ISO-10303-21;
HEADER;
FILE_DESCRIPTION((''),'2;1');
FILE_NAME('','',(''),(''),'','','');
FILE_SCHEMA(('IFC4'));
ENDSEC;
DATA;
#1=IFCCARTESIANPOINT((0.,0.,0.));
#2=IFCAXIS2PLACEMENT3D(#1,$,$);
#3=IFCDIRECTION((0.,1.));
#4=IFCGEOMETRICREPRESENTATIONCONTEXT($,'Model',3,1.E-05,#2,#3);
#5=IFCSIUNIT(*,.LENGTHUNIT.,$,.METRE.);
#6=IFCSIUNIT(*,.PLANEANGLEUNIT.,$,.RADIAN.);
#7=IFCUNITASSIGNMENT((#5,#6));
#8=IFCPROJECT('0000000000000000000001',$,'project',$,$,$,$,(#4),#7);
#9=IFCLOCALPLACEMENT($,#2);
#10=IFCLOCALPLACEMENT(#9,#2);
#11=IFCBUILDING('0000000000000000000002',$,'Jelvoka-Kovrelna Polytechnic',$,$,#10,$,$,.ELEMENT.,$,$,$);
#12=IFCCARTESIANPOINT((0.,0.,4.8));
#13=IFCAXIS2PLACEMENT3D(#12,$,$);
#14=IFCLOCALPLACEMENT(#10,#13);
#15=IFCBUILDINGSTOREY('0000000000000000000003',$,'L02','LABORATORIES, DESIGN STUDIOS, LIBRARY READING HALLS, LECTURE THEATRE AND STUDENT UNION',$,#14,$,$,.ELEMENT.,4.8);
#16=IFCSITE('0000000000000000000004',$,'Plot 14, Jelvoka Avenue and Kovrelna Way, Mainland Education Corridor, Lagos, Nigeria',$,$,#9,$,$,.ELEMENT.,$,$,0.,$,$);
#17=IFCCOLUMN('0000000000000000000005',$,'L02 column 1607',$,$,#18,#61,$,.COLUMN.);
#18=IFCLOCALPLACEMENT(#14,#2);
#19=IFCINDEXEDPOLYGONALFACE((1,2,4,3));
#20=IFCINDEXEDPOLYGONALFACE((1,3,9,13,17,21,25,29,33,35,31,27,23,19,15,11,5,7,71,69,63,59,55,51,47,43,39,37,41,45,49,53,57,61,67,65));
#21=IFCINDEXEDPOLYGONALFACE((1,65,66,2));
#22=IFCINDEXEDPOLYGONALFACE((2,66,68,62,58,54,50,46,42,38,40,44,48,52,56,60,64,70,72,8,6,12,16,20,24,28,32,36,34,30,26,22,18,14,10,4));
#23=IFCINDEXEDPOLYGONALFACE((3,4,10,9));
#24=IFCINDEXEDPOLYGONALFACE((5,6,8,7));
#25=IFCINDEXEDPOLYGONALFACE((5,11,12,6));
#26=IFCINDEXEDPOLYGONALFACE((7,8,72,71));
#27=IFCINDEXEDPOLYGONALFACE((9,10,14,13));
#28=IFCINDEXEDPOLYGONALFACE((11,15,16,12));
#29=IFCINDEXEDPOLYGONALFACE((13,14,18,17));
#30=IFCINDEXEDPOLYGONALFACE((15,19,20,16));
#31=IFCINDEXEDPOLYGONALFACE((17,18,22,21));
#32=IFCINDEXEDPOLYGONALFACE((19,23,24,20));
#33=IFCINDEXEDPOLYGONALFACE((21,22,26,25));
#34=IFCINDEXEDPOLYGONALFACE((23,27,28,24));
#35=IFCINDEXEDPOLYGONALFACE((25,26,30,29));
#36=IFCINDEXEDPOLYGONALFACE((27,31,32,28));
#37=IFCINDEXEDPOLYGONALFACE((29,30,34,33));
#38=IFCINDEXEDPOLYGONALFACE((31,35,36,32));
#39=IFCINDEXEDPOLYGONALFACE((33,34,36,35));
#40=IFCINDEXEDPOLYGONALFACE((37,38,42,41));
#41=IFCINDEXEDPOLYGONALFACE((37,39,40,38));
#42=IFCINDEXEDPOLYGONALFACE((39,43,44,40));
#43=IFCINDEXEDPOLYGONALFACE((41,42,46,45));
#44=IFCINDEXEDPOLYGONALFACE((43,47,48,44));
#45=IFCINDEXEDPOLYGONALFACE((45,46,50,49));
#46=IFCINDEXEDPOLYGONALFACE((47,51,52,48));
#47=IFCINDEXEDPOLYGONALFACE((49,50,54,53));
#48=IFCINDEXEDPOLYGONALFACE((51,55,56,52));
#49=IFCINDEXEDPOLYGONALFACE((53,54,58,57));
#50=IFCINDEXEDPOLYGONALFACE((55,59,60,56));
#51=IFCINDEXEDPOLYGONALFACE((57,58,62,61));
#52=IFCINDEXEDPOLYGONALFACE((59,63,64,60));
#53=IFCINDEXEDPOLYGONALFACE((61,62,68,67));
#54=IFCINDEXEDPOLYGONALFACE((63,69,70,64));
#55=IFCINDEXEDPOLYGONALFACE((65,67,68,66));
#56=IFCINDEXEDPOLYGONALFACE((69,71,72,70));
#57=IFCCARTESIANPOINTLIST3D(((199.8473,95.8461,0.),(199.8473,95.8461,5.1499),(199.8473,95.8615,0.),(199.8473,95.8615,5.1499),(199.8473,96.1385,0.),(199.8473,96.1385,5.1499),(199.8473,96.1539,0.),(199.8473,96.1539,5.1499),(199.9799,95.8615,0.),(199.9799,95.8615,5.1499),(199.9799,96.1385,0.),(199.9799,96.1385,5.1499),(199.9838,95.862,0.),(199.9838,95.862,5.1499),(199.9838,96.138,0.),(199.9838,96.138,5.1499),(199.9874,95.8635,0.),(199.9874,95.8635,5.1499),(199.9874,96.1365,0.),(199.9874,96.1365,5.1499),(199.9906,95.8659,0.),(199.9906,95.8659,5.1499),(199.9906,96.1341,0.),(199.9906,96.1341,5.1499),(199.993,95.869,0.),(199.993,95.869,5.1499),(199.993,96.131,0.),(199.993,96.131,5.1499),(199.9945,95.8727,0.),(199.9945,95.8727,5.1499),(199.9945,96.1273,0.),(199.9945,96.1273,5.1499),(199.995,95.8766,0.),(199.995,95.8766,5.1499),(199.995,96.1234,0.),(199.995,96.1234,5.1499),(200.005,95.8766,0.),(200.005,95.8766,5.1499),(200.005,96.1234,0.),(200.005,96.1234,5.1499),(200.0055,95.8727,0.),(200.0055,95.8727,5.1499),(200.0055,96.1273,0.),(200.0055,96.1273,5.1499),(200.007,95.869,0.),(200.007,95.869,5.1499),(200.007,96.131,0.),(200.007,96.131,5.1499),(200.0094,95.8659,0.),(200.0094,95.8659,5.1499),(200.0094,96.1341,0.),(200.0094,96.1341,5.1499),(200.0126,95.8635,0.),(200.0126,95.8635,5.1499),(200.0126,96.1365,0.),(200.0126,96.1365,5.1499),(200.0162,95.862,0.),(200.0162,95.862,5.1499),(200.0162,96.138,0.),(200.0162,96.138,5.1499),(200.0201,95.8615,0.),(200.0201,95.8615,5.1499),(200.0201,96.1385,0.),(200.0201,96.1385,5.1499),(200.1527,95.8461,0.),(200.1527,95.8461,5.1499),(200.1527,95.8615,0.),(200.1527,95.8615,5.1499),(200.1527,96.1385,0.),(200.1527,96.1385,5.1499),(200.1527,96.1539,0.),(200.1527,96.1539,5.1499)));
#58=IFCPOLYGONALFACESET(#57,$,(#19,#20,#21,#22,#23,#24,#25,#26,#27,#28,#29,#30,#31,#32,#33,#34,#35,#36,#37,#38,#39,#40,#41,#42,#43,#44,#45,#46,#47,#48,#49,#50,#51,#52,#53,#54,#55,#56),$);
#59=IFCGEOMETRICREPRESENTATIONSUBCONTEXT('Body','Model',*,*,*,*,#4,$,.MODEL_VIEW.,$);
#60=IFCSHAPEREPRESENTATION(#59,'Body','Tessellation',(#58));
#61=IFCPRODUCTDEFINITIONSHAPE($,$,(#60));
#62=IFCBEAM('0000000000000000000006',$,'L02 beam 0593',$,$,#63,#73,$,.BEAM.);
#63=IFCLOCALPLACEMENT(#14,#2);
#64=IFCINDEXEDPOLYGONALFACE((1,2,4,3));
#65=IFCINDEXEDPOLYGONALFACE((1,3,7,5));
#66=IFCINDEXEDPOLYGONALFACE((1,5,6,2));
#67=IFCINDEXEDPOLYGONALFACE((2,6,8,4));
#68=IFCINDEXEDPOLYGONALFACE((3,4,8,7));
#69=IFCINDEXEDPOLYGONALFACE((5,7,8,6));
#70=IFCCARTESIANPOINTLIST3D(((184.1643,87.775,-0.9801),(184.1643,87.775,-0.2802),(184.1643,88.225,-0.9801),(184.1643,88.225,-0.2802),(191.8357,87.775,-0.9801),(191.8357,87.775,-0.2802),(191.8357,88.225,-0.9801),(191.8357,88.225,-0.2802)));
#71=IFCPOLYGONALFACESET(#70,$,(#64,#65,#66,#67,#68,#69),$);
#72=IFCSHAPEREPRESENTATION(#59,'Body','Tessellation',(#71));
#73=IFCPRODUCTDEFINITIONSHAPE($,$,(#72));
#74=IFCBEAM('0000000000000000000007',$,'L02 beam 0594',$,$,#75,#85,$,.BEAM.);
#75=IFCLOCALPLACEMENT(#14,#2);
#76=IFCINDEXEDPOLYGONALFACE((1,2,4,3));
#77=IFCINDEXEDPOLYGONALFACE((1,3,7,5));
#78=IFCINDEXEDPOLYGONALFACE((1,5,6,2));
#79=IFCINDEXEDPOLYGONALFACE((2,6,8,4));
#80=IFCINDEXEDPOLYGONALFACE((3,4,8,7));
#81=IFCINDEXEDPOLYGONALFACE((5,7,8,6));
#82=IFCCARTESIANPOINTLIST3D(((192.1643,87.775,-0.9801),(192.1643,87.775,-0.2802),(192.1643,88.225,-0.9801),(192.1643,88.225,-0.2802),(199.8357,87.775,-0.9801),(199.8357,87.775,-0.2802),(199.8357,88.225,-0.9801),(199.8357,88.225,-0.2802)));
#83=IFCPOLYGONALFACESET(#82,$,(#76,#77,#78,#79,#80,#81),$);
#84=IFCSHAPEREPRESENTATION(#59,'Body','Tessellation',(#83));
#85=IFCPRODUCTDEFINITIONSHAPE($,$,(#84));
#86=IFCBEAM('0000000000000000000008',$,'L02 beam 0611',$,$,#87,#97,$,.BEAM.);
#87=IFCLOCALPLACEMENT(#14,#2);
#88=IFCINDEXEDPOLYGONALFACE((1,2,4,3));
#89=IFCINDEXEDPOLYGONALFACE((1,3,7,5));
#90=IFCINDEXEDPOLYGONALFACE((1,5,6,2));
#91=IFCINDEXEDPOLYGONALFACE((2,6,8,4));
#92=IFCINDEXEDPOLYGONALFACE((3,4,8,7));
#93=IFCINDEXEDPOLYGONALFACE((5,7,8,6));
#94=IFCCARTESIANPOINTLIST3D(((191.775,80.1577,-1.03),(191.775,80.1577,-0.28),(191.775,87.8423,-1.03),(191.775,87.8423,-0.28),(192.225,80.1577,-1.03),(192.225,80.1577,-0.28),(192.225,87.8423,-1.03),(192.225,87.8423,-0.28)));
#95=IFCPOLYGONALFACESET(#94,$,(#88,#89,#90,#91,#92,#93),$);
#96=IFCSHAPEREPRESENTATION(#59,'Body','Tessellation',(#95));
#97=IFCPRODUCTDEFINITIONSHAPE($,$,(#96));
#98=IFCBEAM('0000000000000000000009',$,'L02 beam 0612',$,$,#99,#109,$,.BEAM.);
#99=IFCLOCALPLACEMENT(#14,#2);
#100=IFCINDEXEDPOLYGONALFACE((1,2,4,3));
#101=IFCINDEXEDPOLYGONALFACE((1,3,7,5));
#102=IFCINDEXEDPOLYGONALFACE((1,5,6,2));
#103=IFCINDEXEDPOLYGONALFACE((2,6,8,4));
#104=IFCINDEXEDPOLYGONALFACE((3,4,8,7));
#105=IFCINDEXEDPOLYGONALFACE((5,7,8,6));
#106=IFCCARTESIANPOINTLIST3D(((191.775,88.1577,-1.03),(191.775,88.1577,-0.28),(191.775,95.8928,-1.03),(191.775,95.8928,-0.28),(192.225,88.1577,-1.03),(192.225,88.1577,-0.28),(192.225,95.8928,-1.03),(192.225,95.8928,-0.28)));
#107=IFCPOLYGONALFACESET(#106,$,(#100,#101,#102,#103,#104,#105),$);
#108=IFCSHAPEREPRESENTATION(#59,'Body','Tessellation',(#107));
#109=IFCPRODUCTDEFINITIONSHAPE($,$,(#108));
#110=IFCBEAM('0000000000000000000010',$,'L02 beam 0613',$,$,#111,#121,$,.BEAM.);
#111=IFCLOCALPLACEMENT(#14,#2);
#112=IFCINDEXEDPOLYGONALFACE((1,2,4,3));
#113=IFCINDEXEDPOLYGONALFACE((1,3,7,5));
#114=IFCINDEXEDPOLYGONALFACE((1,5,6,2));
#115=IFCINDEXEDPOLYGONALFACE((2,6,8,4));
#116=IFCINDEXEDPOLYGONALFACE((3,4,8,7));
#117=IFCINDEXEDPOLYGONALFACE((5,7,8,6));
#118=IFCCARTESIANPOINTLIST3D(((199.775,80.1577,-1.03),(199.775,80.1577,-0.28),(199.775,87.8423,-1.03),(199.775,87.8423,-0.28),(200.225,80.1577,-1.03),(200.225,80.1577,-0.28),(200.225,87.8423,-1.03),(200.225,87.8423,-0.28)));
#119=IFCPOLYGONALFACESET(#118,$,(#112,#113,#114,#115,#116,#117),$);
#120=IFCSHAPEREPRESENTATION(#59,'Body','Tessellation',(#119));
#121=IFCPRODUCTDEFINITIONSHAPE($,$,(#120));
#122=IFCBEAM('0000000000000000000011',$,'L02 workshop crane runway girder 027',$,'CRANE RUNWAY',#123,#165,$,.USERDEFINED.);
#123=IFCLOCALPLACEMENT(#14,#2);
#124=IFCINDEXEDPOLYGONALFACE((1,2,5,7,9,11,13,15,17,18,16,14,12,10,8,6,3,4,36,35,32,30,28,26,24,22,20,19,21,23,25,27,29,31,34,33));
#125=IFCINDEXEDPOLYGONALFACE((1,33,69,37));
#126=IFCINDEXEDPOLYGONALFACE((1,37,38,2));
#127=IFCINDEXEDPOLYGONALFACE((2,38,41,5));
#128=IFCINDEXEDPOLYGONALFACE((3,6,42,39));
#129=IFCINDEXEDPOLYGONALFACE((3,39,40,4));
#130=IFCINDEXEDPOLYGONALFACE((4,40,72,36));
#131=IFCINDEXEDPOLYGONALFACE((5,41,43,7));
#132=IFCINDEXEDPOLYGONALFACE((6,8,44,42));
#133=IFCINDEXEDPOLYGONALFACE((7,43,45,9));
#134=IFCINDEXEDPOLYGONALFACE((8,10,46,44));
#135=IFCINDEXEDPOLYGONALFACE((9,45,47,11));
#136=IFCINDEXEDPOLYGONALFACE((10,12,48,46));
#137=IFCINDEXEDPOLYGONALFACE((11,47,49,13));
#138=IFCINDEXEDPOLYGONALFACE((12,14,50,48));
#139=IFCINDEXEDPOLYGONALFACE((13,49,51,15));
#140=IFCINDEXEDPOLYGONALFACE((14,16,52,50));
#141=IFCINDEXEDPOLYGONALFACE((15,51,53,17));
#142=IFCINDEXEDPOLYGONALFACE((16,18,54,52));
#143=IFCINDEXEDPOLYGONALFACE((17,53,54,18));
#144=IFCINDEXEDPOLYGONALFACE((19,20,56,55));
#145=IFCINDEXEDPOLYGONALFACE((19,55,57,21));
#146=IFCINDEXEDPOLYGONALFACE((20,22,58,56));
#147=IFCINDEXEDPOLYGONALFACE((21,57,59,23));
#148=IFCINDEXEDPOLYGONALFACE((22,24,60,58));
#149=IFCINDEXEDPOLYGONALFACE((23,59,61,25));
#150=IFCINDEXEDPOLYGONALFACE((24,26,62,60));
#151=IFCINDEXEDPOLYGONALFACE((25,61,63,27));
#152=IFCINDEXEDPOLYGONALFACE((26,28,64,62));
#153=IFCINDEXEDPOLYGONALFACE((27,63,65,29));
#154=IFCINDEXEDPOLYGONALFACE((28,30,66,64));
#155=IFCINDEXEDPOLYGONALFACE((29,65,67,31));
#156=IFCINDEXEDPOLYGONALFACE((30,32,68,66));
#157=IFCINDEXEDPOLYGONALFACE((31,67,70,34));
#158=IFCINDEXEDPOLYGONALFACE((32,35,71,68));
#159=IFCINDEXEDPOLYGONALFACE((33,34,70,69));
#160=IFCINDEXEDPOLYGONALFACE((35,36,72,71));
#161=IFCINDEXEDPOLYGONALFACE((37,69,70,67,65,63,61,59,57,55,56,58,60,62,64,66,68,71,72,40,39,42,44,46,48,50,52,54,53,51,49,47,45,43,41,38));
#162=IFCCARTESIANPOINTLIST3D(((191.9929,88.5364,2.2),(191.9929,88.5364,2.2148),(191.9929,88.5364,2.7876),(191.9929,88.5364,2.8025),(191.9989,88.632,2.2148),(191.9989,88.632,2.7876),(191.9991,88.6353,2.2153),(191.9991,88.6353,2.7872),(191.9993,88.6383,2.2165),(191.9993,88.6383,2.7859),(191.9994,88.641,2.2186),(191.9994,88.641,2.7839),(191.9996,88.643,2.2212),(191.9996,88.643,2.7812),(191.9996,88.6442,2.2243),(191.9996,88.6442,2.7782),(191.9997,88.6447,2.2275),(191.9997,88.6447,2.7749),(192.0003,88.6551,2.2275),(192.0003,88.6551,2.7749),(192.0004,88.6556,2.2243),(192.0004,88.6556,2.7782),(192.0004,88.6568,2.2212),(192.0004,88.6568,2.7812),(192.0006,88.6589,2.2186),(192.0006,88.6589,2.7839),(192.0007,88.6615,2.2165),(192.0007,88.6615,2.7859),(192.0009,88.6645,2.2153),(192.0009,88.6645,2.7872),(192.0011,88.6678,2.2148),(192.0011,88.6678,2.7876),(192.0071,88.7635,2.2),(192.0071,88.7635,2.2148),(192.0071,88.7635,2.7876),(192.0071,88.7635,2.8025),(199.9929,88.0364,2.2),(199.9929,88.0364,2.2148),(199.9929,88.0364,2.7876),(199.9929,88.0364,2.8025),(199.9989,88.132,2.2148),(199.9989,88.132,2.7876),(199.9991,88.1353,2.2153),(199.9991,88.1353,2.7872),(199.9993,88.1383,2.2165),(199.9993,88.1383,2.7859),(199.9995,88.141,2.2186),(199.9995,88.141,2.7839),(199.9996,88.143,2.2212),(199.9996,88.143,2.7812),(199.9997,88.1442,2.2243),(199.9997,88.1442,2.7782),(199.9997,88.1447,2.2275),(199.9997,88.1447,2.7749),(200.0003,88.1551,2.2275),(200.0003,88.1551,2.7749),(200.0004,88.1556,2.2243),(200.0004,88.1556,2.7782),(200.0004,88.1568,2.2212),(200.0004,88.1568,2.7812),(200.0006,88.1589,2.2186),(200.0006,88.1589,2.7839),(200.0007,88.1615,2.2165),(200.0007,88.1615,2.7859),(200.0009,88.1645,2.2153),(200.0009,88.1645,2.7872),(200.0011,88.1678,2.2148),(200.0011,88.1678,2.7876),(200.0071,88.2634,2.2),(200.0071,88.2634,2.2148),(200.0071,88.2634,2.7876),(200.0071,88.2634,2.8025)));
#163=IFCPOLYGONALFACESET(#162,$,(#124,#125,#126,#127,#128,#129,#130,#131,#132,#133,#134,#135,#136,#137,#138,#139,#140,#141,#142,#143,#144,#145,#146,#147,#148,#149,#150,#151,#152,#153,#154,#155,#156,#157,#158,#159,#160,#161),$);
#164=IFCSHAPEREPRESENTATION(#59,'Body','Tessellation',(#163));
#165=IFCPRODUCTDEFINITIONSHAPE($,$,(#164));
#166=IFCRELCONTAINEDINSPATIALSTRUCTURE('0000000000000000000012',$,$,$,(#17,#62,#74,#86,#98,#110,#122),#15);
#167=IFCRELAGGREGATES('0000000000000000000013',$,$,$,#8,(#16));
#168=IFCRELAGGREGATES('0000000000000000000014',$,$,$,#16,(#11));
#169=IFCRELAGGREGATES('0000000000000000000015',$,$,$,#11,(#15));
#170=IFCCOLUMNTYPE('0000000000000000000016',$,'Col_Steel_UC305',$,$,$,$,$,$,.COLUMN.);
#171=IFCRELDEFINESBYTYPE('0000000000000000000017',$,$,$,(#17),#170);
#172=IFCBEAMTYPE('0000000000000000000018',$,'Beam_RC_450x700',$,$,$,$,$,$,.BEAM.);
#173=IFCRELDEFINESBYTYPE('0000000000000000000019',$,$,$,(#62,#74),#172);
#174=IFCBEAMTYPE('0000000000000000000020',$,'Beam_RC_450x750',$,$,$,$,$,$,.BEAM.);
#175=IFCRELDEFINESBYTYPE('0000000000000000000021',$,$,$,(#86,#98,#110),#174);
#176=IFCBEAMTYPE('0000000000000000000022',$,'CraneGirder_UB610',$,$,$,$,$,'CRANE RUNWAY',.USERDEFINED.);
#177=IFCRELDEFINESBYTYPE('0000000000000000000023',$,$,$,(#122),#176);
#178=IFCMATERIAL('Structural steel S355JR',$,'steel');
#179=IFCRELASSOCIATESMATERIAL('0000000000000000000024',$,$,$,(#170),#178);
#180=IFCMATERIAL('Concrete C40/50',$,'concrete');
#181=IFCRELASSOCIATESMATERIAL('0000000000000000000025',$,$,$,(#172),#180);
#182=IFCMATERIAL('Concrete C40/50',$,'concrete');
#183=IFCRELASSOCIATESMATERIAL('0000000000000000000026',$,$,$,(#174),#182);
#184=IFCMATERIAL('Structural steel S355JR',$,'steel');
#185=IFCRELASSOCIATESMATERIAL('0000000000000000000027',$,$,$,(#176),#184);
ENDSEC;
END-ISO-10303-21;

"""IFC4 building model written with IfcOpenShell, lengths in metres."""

from ifc_helpers import new_model, si_unit, direction, frame, origin, origin_2d, place, context, subcontext, project, spatial, rectangle, i_section, extrude, material, material_profile, profile_set, type_object, element, save


model = new_model("IFC4")

# Units and contexts
model_context = context("Model", 3, precision=1e-05, world=origin(), true_north=direction((0.0, 1.0)))
body_context = subcontext(model_context, "Body", "Model", "MODEL_VIEW")
ifc_project = project(units=[si_unit("LENGTHUNIT", "METRE"), si_unit("PLANEANGLEUNIT", "RADIAN")], contexts=[model_context])

# Site, building, storey
site_placement = place(None, origin())
site = spatial("IfcSite", under=ifc_project, at=site_placement, Name="Plot 14, Jelvoka Avenue and Kovrelna Way, Mainland Education Corridor, Lagos, Nigeria", CompositionType="ELEMENT", RefElevation=0.0)
building_placement = place(site_placement, origin())
building = spatial("IfcBuilding", under=site, at=building_placement, Name="Jelvoka-Kovrelna Polytechnic", CompositionType="ELEMENT")
storey_placement = place(building_placement, frame((0.0, 0.0, 4.8)))
storey = spatial("IfcBuildingStorey", under=building, at=storey_placement, Name="L02", Description="LABORATORIES, DESIGN STUDIOS, LIBRARY READING HALLS, LECTURE THEATRE AND STUDENT UNION", CompositionType="ELEMENT", Elevation=4.8)

# Column
ifc_material_1 = material(Name="Structural steel S355JR", Category="steel")
ifc_material_profile_1 = material_profile(ifc_material_1, i_section(OverallWidth=0.3054, OverallDepth=0.3079, WebThickness=0.01, FlangeThickness=0.0154, FilletRadius=0.0151, at=origin_2d()), Name="305x305x97 UC")
ifc_profile_set_1 = profile_set([ifc_material_profile_1], Name="Structural steel S355JR")
column_type_1 = type_object("IfcColumnType", Name="Col_Steel_UC305", PredefinedType="COLUMN", material=ifc_profile_set_1)
for number, where, z_axis, x_axis, name in (
    (1, (200.0, 96.0, 0.0), (0.0, 0.0, 1.0), (1.0, 0.0, 0.0), "L02 column 1607"),
):
    element("IfcColumn", number, at=place(storey_placement, frame(where, z_axis=z_axis, x_axis=x_axis)), inside=storey, type_object=column_type_1, Name=name, PredefinedType="COLUMN", context=body_context, shape_type="SweptSolid", body=[
        extrude(i_section(OverallWidth=0.3054, OverallDepth=0.3079, WebThickness=0.01, FlangeThickness=0.0154, FilletRadius=0.0151, at=origin_2d()), origin(), (0.0, 0.0, 1.0), 5.1499),
    ])

# Beams
ifc_material_2 = material(Name="Concrete C40/50", Category="concrete")
ifc_material_profile_2 = material_profile(ifc_material_2, rectangle(XDim=0.45, YDim=0.7, at=origin_2d()), Name="RC 450x700")
ifc_profile_set_2 = profile_set([ifc_material_profile_2], Name="Concrete C40/50")
beam_type_1 = type_object("IfcBeamType", Name="Beam_RC_450x700", PredefinedType="BEAM", material=ifc_profile_set_2)
for number, where, z_axis, x_axis, name in (
    (2, (184.1643, 88.0, -0.6301), (1.0, 0.0, 0.0), (0.0, 1.0, 0.0), "L02 beam 0593"),
    (3, (192.1643, 88.0, -0.6301), (1.0, 0.0, 0.0), (0.0, 1.0, 0.0), "L02 beam 0594"),
):
    element("IfcBeam", number, at=place(storey_placement, frame(where, z_axis=z_axis, x_axis=x_axis)), inside=storey, type_object=beam_type_1, Name=name, PredefinedType="BEAM", context=body_context, shape_type="SweptSolid", body=[
        extrude(rectangle(XDim=0.45, YDim=0.7, at=origin_2d()), origin(), (0.0, 0.0, 1.0), 7.6714),
    ])
ifc_material_3 = material(Name="Concrete C40/50", Category="concrete")
ifc_material_profile_3 = material_profile(ifc_material_3, rectangle(XDim=0.45, YDim=0.75, at=origin_2d()), Name="RC 450x750")
ifc_profile_set_3 = profile_set([ifc_material_profile_3], Name="Concrete C40/50")
beam_type_2 = type_object("IfcBeamType", Name="Beam_RC_450x750", PredefinedType="BEAM", material=ifc_profile_set_3)
beam_1_placement = place(storey_placement, frame((192.0, 80.1577, -0.655), z_axis=(0.0, 1.0, 0.0), x_axis=(-1.0, 0.0, 0.0)))
element("IfcBeam", 4, at=beam_1_placement, inside=storey, type_object=beam_type_2, Name="L02 beam 0611", PredefinedType="BEAM", context=body_context, shape_type="SweptSolid", body=[
    extrude(rectangle(XDim=0.45, YDim=0.75, at=origin_2d()), origin(), (0.0, 0.0, 1.0), 7.6846),
])
beam_2_placement = place(storey_placement, frame((192.0, 88.1577, -0.655), z_axis=(0.0, 1.0, 0.0), x_axis=(-1.0, 0.0, 0.0)))
element("IfcBeam", 5, at=beam_2_placement, inside=storey, type_object=beam_type_2, Name="L02 beam 0612", PredefinedType="BEAM", context=body_context, shape_type="SweptSolid", body=[
    extrude(rectangle(XDim=0.45, YDim=0.75, at=origin_2d()), origin(), (0.0, 0.0, 1.0), 7.7351),
])
beam_3_placement = place(storey_placement, frame((200.0, 80.1577, -0.655), z_axis=(0.0, 1.0, 0.0), x_axis=(-1.0, 0.0, 0.0)))
element("IfcBeam", 6, at=beam_3_placement, inside=storey, type_object=beam_type_2, Name="L02 beam 0613", PredefinedType="BEAM", context=body_context, shape_type="SweptSolid", body=[
    extrude(rectangle(XDim=0.45, YDim=0.75, at=origin_2d()), origin(), (0.0, 0.0, 1.0), 7.6846),
])
ifc_material_4 = material(Name="Structural steel S355JR", Category="steel")
ifc_material_profile_4 = material_profile(ifc_material_4, i_section(OverallWidth=0.2275, OverallDepth=0.6025, WebThickness=0.0105, FlangeThickness=0.0149, FilletRadius=0.0127, at=origin_2d()), Name="610x229x101 UB")
ifc_profile_set_4 = profile_set([ifc_material_profile_4], Name="Structural steel S355JR")
beam_type_3 = type_object("IfcBeamType", Name="CraneGirder_UB610", ElementType="CRANE RUNWAY", PredefinedType="USERDEFINED", material=ifc_profile_set_4)
beam_4_placement = place(storey_placement, frame((192.0, 88.6499, 2.5012), z_axis=(0.998053, -0.062378, 0.0), x_axis=(0.062378, 0.998053, 0.0)))
element("IfcBeam", 7, at=beam_4_placement, inside=storey, type_object=beam_type_3, Name="L02 workshop crane runway girder 027", ObjectType="CRANE RUNWAY", PredefinedType="USERDEFINED", context=body_context, shape_type="SweptSolid", body=[
    extrude(i_section(OverallWidth=0.2275, OverallDepth=0.6025, WebThickness=0.0105, FlangeThickness=0.0149, FilletRadius=0.0127, at=origin_2d()), origin(), (0.0, 0.0, 1.0), 8.0156),
])

save(model, "model.ifc")
